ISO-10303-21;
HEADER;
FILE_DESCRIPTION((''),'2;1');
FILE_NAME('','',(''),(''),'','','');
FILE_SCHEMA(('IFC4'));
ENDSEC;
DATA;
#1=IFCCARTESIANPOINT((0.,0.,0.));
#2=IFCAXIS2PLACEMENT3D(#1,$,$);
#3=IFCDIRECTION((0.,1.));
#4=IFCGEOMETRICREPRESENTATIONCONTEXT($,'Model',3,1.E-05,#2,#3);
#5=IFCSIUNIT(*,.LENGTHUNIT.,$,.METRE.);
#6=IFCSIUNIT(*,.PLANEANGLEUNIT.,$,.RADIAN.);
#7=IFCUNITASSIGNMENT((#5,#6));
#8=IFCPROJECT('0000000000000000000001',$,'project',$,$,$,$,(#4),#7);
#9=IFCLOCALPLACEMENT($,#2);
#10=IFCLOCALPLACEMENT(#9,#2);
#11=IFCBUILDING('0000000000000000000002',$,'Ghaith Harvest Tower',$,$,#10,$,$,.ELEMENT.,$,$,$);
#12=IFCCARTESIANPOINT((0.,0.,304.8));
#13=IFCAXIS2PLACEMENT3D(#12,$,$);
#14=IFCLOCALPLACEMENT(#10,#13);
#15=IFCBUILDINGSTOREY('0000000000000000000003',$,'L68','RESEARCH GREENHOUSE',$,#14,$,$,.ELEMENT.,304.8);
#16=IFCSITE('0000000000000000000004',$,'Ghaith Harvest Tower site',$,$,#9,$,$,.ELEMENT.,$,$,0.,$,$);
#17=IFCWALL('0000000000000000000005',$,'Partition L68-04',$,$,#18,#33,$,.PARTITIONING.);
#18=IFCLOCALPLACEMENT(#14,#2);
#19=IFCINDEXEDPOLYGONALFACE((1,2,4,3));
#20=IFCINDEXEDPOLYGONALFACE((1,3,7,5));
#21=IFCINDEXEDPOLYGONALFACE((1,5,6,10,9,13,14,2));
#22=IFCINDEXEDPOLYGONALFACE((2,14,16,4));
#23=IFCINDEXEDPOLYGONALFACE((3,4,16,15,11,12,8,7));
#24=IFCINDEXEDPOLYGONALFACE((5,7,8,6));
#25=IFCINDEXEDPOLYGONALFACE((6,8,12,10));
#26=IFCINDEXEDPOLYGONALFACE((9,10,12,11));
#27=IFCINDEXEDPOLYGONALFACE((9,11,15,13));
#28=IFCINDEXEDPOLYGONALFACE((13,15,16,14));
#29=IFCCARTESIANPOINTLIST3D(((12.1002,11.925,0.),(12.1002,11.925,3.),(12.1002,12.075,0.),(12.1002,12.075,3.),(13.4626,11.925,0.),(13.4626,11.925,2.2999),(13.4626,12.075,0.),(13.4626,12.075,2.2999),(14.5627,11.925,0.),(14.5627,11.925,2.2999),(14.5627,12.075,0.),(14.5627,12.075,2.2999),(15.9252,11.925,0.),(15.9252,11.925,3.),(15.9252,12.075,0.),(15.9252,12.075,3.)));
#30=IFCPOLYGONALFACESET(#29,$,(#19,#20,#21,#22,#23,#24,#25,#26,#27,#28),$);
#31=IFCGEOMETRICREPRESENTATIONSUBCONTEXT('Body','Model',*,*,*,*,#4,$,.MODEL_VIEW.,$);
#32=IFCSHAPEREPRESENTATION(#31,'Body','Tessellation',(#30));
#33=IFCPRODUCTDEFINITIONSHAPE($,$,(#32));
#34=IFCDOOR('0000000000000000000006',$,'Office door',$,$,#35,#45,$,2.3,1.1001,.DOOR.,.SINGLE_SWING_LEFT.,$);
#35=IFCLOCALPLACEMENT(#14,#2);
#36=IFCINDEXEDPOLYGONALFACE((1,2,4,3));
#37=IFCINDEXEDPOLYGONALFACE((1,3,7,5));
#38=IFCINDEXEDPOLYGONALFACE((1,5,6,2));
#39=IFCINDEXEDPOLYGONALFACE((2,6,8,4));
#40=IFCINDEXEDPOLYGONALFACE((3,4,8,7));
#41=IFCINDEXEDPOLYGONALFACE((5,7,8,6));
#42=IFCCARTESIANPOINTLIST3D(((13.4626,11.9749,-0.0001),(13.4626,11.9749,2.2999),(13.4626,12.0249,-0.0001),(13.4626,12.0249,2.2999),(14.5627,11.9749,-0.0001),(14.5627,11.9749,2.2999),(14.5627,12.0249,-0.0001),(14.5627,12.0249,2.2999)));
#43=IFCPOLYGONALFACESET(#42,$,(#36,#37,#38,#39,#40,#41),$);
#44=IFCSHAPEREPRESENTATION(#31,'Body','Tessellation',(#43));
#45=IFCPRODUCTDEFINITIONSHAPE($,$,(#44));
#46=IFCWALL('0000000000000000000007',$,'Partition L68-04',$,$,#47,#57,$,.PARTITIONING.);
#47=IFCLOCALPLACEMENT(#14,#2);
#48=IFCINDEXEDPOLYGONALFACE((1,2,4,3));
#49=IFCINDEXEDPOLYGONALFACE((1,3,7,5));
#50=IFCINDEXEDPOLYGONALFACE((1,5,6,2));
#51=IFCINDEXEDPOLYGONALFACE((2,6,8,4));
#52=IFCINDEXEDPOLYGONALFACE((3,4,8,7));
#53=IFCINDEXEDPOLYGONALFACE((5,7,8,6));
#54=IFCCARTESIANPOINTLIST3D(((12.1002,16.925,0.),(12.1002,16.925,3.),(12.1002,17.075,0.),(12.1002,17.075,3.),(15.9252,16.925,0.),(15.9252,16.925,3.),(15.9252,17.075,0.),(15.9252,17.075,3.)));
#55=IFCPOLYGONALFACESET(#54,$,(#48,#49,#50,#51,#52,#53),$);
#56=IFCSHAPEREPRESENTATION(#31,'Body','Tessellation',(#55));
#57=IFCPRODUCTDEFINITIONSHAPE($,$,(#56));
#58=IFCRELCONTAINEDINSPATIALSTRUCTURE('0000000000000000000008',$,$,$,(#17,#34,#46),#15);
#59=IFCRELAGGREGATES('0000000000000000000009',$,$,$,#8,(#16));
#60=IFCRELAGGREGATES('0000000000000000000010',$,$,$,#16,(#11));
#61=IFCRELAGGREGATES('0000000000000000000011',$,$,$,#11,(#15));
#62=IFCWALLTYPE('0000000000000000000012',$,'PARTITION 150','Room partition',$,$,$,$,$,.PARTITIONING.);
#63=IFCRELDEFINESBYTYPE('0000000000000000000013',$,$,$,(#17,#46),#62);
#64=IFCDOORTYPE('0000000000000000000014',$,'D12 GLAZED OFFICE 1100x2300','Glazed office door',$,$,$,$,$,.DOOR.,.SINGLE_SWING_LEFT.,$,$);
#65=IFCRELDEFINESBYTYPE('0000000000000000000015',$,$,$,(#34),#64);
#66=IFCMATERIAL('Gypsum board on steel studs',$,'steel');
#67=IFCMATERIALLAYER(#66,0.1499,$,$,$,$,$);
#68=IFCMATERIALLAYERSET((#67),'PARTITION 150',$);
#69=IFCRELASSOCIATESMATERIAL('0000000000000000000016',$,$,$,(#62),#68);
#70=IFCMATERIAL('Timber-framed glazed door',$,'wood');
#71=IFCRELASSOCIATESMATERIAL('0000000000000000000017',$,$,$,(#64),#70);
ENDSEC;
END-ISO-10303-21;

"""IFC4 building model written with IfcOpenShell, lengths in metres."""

from ifc_helpers import new_model, si_unit, direction, frame, frame_2d, origin, place, context, subcontext, project, spatial, rectangle, extrude, material, layer, layer_set, type_object, element, fill, save


model = new_model("IFC4")

# Units and contexts
model_context = context("Model", 3, precision=1e-05, world=origin(), true_north=direction((0.0, 1.0)))
body_context = subcontext(model_context, "Body", "Model", "MODEL_VIEW")
ifc_project = project(units=[si_unit("LENGTHUNIT", "METRE"), si_unit("PLANEANGLEUNIT", "RADIAN")], contexts=[model_context])

# Site, building, storey
site_placement = place(None, origin())
site = spatial("IfcSite", under=ifc_project, at=site_placement, Name="Ghaith Harvest Tower site", CompositionType="ELEMENT", RefElevation=0.0)
building_placement = place(site_placement, origin())
building = spatial("IfcBuilding", under=site, at=building_placement, Name="Ghaith Harvest Tower", CompositionType="ELEMENT")
storey_placement = place(building_placement, frame((0.0, 0.0, 304.8)))
storey = spatial("IfcBuildingStorey", under=building, at=storey_placement, Name="L68", Description="RESEARCH GREENHOUSE", CompositionType="ELEMENT", Elevation=304.8)

# Shared definitions
ifc_material_1 = material(Name="Gypsum board on steel studs", Category="steel")
ifc_layer_1 = layer(ifc_material_1, 0.1499)
ifc_layer_set_1 = layer_set([ifc_layer_1], Name="PARTITION 150")
wall_type_1 = type_object("IfcWallType", Name="PARTITION 150", Description="Room partition", PredefinedType="PARTITIONING", material=ifc_layer_set_1)

# Wall, opening, door
wall_1_placement = place(storey_placement, frame((12.1001, 12.0, 0.0), z_axis=(0.0, 0.0, 1.0), x_axis=(1.0, 0.0, 0.0)))
wall_1 = element("IfcWall", 1, at=wall_1_placement, inside=storey, type_object=wall_type_1, Name="Partition L68-04", PredefinedType="PARTITIONING", context=body_context, shape_type="SweptSolid", body=[
    extrude(rectangle(XDim=3.825, YDim=0.1499, at=frame_2d((1.9126, 0.0))), origin(), (0.0, 0.0, 1.0), 3.0),
])
opening_1_placement = place(wall_1_placement, frame((1.3625, 0.0, 0.0)))
opening_1 = element("IfcOpeningElement", 2, at=opening_1_placement, cuts=wall_1, PredefinedType="OPENING", context=body_context, shape_type="SweptSolid", body=[
    extrude(rectangle(XDim=1.1001, YDim=2.3, at=frame_2d((0.55, 1.1499))), frame((0.0, 0.085, 0.0), z_axis=(0.0, -1.0, 0.0), x_axis=(1.0, 0.0, 0.0)), (0.0, 0.0, 1.0), 0.1699),
])
ifc_material_2 = material(Name="Timber-framed glazed door", Category="wood")
door_type_1 = type_object("IfcDoorType", Name="D12 GLAZED OFFICE 1100x2300", Description="Glazed office door", OperationType="SINGLE_SWING_LEFT", PredefinedType="DOOR", material=ifc_material_2)
door_1_placement = place(opening_1_placement, origin())
door_1 = element("IfcDoor", 3, at=door_1_placement, inside=storey, type_object=door_type_1, Name="Office door", OperationType="SINGLE_SWING_LEFT", OverallHeight=2.3, OverallWidth=1.1001, PredefinedType="DOOR", context=body_context, shape_type="SweptSolid", body=[
    extrude(rectangle(XDim=1.1001, YDim=2.3, at=frame_2d((0.55, 1.1499))), frame((0.0, 0.0249, 0.0), z_axis=(0.0, -1.0, 0.0), x_axis=(1.0, 0.0, 0.0)), (0.0, 0.0, 1.0), 0.05),
])
fill(opening_1, door_1)

# Wall
wall_2_placement = place(storey_placement, frame((12.1001, 17.0, 0.0), z_axis=(0.0, 0.0, 1.0), x_axis=(1.0, 0.0, 0.0)))
element("IfcWall", 4, at=wall_2_placement, inside=storey, type_object=wall_type_1, Name="Partition L68-04", PredefinedType="PARTITIONING", context=body_context, shape_type="SweptSolid", body=[
    extrude(rectangle(XDim=3.825, YDim=0.1499, at=frame_2d((1.9126, 0.0))), origin(), (0.0, 0.0, 1.0), 3.0),
])

save(model, "model.ifc")
